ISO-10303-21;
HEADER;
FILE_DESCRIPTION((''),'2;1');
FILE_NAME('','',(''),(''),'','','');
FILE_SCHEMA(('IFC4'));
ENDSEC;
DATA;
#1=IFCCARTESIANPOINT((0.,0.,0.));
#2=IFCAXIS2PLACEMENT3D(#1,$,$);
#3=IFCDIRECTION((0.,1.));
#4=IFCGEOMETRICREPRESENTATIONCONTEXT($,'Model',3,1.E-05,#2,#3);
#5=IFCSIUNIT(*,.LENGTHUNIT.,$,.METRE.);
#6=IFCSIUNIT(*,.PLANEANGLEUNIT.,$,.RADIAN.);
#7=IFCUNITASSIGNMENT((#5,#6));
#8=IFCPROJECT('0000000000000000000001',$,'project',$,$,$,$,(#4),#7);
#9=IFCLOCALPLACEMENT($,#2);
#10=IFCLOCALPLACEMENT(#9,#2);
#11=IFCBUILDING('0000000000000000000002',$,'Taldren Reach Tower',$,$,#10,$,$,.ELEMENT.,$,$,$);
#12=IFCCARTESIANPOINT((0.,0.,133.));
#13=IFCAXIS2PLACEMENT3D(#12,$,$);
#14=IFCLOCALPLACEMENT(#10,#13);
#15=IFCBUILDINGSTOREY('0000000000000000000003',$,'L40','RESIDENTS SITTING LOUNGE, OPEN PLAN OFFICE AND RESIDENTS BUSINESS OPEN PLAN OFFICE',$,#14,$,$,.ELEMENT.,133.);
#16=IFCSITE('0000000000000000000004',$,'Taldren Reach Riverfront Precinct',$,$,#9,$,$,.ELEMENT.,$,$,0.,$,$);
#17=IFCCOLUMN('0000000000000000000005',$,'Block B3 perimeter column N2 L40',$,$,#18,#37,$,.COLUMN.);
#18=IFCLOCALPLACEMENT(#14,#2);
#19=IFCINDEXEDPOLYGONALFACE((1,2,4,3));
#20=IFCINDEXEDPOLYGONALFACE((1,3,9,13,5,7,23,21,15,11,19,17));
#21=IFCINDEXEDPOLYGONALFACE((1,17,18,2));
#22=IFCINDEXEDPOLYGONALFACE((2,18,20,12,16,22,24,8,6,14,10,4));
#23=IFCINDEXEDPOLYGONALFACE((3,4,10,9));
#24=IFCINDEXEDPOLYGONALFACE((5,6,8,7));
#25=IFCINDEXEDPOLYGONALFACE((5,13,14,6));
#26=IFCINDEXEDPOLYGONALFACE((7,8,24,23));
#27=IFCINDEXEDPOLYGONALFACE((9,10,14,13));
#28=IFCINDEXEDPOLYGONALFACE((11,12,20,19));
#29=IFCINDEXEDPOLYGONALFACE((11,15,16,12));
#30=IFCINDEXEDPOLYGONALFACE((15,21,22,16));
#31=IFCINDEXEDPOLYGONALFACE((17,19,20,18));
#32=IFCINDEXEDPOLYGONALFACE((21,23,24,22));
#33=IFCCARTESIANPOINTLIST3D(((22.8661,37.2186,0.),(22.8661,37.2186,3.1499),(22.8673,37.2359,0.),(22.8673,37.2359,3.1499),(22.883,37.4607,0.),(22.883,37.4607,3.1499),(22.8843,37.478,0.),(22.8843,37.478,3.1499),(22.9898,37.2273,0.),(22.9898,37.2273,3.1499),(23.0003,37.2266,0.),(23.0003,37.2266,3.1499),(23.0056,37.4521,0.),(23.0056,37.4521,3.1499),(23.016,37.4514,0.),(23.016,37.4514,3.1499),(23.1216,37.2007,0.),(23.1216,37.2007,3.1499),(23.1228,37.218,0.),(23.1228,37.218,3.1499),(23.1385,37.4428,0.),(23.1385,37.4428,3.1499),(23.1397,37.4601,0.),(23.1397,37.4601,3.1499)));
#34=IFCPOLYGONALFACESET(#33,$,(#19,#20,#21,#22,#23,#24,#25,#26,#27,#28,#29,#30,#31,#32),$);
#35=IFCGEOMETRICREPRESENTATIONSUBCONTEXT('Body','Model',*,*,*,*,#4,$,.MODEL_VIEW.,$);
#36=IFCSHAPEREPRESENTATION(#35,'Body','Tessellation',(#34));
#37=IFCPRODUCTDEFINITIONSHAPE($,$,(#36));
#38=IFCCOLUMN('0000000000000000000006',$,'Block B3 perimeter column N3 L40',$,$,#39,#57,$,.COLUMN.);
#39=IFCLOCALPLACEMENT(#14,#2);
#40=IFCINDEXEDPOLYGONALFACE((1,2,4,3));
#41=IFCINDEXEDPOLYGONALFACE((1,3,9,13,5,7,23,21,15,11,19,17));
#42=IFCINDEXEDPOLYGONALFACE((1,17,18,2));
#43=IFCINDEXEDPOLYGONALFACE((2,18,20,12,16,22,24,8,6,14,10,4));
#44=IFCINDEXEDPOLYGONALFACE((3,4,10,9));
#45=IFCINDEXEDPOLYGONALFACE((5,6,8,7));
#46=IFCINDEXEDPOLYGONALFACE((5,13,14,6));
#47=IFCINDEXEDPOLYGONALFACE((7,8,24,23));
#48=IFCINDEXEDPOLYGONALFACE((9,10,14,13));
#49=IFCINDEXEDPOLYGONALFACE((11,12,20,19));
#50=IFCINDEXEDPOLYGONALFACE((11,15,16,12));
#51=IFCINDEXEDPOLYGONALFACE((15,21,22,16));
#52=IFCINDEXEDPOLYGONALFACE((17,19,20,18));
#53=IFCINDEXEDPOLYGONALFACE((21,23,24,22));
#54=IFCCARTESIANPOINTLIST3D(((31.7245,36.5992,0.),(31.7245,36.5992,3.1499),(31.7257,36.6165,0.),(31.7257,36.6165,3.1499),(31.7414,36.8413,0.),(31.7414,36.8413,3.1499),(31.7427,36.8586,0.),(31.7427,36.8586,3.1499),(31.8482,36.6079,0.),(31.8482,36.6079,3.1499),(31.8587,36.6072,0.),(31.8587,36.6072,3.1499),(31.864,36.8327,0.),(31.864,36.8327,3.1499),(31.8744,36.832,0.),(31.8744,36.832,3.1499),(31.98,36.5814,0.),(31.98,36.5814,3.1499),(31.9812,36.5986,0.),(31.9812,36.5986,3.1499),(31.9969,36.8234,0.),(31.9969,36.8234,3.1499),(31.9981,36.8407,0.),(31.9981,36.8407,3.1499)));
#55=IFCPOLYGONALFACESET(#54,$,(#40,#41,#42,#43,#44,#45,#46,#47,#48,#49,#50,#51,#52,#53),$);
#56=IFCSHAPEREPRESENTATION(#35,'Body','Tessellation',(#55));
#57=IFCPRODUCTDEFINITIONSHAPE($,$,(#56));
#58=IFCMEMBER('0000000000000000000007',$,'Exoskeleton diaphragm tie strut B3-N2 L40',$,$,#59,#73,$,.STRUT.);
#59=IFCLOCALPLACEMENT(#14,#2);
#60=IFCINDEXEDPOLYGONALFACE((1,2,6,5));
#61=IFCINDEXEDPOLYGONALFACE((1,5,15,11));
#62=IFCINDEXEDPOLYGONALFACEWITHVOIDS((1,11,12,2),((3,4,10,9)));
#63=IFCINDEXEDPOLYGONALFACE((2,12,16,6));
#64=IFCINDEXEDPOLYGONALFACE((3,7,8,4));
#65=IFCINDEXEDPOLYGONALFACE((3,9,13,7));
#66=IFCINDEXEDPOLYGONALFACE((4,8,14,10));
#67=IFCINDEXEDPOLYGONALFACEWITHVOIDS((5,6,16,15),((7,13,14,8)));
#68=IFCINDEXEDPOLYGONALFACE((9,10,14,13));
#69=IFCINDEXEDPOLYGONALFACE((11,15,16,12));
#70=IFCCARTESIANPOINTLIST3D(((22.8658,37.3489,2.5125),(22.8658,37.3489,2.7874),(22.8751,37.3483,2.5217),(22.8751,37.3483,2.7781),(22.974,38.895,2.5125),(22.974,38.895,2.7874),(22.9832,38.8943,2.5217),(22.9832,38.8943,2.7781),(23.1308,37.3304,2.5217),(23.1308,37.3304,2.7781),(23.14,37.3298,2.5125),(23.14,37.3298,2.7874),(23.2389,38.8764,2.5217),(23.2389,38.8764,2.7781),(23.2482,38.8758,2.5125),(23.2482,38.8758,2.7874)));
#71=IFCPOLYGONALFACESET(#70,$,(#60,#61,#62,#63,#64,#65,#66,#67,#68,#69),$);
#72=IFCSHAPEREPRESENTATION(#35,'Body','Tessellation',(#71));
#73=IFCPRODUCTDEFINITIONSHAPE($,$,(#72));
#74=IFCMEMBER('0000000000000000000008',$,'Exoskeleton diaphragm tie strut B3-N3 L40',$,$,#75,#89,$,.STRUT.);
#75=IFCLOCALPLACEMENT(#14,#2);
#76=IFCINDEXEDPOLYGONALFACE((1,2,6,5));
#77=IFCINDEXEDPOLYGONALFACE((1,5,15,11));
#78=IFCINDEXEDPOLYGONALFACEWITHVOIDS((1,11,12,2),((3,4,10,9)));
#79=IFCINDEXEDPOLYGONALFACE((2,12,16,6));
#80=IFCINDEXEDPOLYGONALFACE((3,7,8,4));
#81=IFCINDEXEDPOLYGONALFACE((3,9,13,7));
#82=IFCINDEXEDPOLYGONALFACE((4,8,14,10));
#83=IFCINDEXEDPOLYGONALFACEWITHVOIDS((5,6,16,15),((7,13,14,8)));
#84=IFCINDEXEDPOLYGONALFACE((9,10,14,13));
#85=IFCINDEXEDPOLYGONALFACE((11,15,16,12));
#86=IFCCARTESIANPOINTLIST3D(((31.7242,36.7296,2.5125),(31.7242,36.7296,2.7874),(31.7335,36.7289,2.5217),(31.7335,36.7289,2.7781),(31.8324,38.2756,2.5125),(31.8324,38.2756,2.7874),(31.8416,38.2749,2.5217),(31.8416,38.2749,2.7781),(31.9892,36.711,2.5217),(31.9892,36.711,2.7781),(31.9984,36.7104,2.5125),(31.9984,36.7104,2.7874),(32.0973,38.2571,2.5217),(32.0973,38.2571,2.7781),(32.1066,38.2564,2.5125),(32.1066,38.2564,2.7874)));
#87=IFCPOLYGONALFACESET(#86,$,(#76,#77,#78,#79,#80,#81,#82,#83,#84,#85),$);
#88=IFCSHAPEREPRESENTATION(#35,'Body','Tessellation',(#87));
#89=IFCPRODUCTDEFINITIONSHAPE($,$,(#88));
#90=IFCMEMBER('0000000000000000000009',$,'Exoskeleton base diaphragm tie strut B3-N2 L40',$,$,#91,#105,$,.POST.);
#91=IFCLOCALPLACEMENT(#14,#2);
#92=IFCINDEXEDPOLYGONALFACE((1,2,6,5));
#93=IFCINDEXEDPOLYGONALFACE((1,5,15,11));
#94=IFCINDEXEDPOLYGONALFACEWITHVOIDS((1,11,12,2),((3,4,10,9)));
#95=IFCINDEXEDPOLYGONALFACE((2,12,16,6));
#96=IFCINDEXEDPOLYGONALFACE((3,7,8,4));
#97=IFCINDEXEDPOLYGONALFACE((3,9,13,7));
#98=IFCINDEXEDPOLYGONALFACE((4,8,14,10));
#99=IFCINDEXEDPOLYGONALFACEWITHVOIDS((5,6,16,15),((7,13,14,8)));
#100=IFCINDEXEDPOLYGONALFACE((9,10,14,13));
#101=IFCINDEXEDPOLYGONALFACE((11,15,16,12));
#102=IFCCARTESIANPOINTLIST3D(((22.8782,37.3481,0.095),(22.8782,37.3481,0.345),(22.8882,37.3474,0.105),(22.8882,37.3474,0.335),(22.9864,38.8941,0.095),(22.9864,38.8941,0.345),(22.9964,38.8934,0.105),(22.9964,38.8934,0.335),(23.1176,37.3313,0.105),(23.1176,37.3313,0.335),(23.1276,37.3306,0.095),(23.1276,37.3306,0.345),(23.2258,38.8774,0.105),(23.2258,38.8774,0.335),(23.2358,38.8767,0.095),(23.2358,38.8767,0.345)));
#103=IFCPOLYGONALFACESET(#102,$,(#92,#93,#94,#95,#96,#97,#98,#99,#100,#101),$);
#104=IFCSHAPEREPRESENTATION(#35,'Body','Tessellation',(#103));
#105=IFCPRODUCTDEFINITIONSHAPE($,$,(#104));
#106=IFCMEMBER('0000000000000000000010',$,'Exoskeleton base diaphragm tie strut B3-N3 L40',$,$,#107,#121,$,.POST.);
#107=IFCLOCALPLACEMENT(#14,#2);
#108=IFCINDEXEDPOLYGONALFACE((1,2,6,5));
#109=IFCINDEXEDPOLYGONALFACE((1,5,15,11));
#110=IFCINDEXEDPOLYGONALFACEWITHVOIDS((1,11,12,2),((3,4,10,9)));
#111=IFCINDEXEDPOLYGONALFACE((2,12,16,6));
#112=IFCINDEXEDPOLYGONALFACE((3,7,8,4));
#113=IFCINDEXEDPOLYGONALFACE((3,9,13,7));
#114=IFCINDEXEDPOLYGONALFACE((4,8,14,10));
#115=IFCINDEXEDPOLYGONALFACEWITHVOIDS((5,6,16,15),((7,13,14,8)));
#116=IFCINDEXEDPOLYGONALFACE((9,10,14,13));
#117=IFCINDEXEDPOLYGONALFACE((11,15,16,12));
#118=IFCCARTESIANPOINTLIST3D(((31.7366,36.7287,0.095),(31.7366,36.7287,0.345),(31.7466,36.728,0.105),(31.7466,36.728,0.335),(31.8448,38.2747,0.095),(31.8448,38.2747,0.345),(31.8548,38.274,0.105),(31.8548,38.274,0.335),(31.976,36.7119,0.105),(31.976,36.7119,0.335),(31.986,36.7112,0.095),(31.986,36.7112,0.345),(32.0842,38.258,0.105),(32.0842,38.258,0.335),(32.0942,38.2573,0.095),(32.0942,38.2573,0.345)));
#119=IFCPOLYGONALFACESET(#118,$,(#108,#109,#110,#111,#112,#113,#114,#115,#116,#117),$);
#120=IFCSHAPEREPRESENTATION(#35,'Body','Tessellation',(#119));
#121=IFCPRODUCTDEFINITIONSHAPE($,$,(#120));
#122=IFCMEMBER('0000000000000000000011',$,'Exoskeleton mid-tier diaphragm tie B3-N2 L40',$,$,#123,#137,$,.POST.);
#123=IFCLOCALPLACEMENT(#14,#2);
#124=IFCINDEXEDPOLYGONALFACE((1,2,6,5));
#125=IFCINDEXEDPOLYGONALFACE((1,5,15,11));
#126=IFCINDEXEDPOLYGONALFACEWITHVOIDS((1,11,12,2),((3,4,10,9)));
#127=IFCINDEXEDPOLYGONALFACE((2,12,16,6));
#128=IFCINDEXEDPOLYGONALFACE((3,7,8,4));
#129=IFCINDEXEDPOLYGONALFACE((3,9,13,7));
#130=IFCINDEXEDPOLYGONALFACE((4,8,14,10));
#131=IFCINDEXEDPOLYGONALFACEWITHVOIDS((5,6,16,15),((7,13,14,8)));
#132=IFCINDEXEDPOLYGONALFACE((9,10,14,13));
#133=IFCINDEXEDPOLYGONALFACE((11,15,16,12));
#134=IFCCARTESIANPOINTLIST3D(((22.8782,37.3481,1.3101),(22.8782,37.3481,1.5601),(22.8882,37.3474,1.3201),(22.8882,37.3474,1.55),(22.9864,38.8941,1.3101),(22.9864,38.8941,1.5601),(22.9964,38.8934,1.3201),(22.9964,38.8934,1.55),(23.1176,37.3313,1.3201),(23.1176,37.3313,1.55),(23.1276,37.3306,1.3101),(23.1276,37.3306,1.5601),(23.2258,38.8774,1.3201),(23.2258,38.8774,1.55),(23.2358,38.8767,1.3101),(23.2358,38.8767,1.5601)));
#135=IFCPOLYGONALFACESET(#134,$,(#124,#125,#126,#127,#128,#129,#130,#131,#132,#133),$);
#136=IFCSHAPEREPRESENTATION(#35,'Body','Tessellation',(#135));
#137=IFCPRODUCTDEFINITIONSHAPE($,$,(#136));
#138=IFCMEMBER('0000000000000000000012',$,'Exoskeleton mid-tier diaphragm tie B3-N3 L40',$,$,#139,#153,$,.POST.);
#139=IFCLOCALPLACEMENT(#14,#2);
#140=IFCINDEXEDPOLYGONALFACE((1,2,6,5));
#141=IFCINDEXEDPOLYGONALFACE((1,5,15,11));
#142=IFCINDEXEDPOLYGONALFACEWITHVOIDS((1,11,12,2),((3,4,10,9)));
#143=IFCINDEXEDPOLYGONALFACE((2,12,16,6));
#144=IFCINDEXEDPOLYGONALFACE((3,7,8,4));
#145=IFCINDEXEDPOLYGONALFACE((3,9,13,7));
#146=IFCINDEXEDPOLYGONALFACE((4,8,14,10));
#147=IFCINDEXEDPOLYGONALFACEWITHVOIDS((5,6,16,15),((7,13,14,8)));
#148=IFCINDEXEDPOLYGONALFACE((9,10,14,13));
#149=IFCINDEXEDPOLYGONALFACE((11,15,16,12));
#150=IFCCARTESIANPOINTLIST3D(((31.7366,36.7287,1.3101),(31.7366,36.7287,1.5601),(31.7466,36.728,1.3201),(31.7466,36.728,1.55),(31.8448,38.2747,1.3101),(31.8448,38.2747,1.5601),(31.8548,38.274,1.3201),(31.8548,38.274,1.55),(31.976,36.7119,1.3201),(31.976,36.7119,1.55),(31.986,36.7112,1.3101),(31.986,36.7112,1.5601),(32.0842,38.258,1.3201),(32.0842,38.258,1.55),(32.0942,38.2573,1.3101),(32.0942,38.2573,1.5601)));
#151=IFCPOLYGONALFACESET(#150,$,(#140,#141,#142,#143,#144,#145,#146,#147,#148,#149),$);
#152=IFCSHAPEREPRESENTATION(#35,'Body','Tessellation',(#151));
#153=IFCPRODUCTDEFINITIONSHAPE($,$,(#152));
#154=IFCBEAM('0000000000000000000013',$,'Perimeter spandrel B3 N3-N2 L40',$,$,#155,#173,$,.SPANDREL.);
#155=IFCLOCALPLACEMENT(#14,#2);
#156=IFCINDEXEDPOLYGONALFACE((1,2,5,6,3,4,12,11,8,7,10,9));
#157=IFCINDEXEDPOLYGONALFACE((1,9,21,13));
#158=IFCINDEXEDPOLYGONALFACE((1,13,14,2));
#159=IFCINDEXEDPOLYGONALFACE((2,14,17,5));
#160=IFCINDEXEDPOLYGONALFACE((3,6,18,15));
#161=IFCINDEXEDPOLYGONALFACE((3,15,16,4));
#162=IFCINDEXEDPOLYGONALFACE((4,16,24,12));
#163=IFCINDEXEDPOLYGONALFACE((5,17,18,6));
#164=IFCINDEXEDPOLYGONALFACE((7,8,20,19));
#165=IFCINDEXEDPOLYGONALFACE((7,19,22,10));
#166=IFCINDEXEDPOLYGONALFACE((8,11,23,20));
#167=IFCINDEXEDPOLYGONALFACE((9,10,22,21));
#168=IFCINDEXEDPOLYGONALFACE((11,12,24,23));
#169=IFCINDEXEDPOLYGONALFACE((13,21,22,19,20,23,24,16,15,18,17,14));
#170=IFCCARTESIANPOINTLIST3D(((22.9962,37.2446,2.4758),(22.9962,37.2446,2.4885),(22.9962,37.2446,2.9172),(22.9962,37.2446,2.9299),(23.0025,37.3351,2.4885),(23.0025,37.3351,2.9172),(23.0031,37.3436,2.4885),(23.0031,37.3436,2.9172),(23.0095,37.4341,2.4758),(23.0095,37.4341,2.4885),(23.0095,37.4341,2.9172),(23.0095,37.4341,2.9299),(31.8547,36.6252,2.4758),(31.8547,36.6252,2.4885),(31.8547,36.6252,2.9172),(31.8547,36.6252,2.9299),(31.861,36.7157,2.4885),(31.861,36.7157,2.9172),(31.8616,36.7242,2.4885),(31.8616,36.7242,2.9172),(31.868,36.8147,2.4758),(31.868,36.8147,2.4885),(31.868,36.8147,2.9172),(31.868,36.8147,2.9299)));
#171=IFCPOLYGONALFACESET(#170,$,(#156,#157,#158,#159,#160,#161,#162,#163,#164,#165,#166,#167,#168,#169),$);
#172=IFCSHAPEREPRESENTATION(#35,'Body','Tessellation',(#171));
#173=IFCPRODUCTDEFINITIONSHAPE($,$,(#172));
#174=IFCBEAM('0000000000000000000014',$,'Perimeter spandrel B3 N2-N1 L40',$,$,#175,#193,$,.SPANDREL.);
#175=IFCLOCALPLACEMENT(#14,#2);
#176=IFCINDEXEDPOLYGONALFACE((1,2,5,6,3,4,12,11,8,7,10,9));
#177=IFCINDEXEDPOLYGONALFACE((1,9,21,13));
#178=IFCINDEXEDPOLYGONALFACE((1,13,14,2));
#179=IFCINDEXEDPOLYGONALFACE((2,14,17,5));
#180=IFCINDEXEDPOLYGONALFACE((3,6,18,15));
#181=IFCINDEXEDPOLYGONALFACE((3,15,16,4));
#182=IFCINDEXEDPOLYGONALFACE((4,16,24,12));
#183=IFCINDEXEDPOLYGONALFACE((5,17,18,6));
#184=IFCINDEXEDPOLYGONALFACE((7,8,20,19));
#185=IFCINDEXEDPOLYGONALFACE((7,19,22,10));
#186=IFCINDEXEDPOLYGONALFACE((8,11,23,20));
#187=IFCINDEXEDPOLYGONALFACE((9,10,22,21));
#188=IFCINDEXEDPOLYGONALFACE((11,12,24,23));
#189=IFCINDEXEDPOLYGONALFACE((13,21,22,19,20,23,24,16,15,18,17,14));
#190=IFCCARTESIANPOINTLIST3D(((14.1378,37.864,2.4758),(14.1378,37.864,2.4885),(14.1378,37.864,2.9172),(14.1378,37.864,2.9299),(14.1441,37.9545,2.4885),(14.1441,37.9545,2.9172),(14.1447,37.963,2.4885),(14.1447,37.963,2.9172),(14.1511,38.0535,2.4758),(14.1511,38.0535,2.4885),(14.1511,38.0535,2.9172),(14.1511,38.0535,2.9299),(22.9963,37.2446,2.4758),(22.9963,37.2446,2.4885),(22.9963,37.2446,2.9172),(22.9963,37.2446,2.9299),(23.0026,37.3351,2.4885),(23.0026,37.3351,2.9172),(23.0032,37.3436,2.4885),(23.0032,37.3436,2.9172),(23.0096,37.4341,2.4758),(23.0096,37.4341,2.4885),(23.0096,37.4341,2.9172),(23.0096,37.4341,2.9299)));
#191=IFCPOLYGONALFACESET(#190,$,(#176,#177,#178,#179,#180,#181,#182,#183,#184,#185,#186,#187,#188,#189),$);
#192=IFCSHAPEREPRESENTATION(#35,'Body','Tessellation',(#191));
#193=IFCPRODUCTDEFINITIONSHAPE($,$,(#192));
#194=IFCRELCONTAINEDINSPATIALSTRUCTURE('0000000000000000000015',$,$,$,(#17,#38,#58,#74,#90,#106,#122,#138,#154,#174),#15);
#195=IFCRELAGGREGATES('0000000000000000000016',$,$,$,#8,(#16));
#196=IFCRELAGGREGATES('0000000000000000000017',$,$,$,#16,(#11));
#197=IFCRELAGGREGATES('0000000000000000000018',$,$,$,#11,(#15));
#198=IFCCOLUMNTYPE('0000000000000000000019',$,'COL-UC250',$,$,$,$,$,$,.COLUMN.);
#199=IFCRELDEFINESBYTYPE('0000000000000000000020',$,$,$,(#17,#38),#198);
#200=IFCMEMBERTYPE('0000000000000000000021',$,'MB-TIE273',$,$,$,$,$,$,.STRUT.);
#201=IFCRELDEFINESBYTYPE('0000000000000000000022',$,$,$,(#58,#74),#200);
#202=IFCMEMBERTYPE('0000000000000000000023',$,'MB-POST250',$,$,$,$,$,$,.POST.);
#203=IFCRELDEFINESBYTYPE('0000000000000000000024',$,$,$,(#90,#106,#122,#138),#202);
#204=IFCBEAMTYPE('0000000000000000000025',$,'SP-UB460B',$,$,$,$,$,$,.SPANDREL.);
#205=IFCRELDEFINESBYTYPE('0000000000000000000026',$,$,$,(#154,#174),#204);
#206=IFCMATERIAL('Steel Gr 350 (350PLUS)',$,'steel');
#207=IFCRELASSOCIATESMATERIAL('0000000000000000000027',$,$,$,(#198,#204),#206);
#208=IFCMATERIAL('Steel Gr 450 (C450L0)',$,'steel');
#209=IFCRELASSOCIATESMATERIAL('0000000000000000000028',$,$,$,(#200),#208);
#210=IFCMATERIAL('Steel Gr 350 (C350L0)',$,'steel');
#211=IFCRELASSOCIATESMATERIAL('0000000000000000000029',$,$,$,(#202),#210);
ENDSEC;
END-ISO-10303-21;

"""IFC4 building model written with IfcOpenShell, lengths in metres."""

from ifc_helpers import new_model, si_unit, direction, frame, origin, origin_2d, place, context, subcontext, project, spatial, hollow_rectangle, i_section, extrude, source, transform, mapped, material, material_profile, profile_set, type_object, element, save


model = new_model("IFC4")

# Units and contexts
model_context = context("Model", 3, precision=1e-05, world=origin(), true_north=direction((0.0, 1.0)))
body_context = subcontext(model_context, "Body", "Model", "MODEL_VIEW")
ifc_project = project(units=[si_unit("LENGTHUNIT", "METRE"), si_unit("PLANEANGLEUNIT", "RADIAN")], contexts=[model_context])

# Site, building, storey
site_placement = place(None, origin())
site = spatial("IfcSite", under=ifc_project, at=site_placement, Name="Taldren Reach Riverfront Precinct", CompositionType="ELEMENT", RefElevation=0.0)
building_placement = place(site_placement, origin())
building = spatial("IfcBuilding", under=site, at=building_placement, Name="Taldren Reach Tower", CompositionType="ELEMENT")
storey_placement = place(building_placement, frame((0.0, 0.0, 133.0)))
storey = spatial("IfcBuildingStorey", under=building, at=storey_placement, Name="L40", Description="RESIDENTS SITTING LOUNGE, OPEN PLAN OFFICE AND RESIDENTS BUSINESS OPEN PLAN OFFICE", CompositionType="ELEMENT", Elevation=133.0)

# Columns
ifc_material_1 = material(Name="Steel Gr 350 (350PLUS)", Category="steel")
ifc_material_profile_1 = material_profile(ifc_material_1, i_section(OverallWidth=0.2561, OverallDepth=0.26, WebThickness=0.0105, FlangeThickness=0.0173, at=origin_2d()), Name="250UC89.5")
ifc_profile_set_1 = profile_set([ifc_material_profile_1], Name="Steel Gr 350 (350PLUS)")
column_type = type_object("IfcColumnType", Name="COL-UC250", PredefinedType="COLUMN", material=ifc_profile_set_1)
shared_shape_1 = source(origin(), body_context, "Body", "SweptSolid", [
    extrude(i_section(OverallWidth=0.2561, OverallDepth=0.26, WebThickness=0.0105, FlangeThickness=0.0173, at=origin_2d()), origin(), (0.0, 0.0, 1.0), 3.1499),
])
for number, where, z_axis, x_axis, name in (
    (1, (23.0029, 37.3394, 0.0), (0.0, 0.0, 1.0), (0.997564, -0.069756, 0.0), "Block B3 perimeter column N2 L40"),
    (2, (31.8613, 36.72, 0.0), (0.0, 0.0, 1.0), (0.997564, -0.069756, 0.0), "Block B3 perimeter column N3 L40"),
):
    element("IfcColumn", number, at=place(storey_placement, frame(where, z_axis=z_axis, x_axis=x_axis)), inside=storey, type_object=column_type, Name=name, PredefinedType="COLUMN", context=body_context, shape_type="MappedRepresentation", body=[
        mapped(shared_shape_1, transform((0.0, 0.0, 0.0), scale=1.0)),
    ])

# Members
ifc_material_2 = material(Name="Steel Gr 450 (C450L0)", Category="steel")
ifc_material_profile_2 = material_profile(ifc_material_2, hollow_rectangle(XDim=0.2749, YDim=0.2749, WallThickness=0.0093, at=origin_2d()), Name="275x275x9.3SHS")
ifc_profile_set_2 = profile_set([ifc_material_profile_2], Name="Steel Gr 450 (C450L0)")
member_type_1 = type_object("IfcMemberType", Name="MB-TIE273", PredefinedType="STRUT", material=ifc_profile_set_2)
shared_shape_2 = source(origin(), body_context, "Body", "SweptSolid", [
    extrude(hollow_rectangle(XDim=0.2749, YDim=0.2749, WallThickness=0.0093, at=origin_2d()), origin(), (0.0, 0.0, 1.0), 1.5498),
])
for number, where, z_axis, x_axis, name in (
    (3, (23.0029, 37.3394, 2.6499), (0.069781, 0.997562, 0.0), (-0.997562, 0.069781, 0.0), "Exoskeleton diaphragm tie strut B3-N2 L40"),
    (4, (31.8613, 36.72, 2.6499), (0.069781, 0.997562, 0.0), (-0.997562, 0.069781, 0.0), "Exoskeleton diaphragm tie strut B3-N3 L40"),
):
    element("IfcMember", number, at=place(storey_placement, frame(where, z_axis=z_axis, x_axis=x_axis)), inside=storey, type_object=member_type_1, Name=name, PredefinedType="STRUT", context=body_context, shape_type="MappedRepresentation", body=[
        mapped(shared_shape_2, transform((0.0, 0.0, 0.0), scale=1.0)),
    ])
ifc_material_3 = material(Name="Steel Gr 350 (C350L0)", Category="steel")
ifc_material_profile_3 = material_profile(ifc_material_3, hollow_rectangle(XDim=0.25, YDim=0.25, WallThickness=0.01, at=origin_2d()), Name="250x250x10.0SHS")
ifc_profile_set_3 = profile_set([ifc_material_profile_3], Name="Steel Gr 350 (C350L0)")
member_type_2 = type_object("IfcMemberType", Name="MB-POST250", PredefinedType="POST", material=ifc_profile_set_3)
shared_shape_3 = source(origin(), body_context, "Body", "SweptSolid", [
    extrude(hollow_rectangle(XDim=0.25, YDim=0.25, WallThickness=0.01, at=origin_2d()), origin(), (0.0, 0.0, 1.0), 1.5498),
])
for number, where, z_axis, x_axis, name in (
    (5, (23.0029, 37.3394, 0.22), (0.069781, 0.997562, 0.0), (-0.997562, 0.069781, 0.0), "Exoskeleton base diaphragm tie strut B3-N2 L40"),
    (6, (31.8613, 36.72, 0.22), (0.069781, 0.997562, 0.0), (-0.997562, 0.069781, 0.0), "Exoskeleton base diaphragm tie strut B3-N3 L40"),
    (7, (23.0029, 37.3394, 1.4351), (0.069781, 0.997562, 0.0), (-0.997562, 0.069781, 0.0), "Exoskeleton mid-tier diaphragm tie B3-N2 L40"),
    (8, (31.8613, 36.72, 1.4351), (0.069781, 0.997562, 0.0), (-0.997562, 0.069781, 0.0), "Exoskeleton mid-tier diaphragm tie B3-N3 L40"),
):
    element("IfcMember", number, at=place(storey_placement, frame(where, z_axis=z_axis, x_axis=x_axis)), inside=storey, type_object=member_type_2, Name=name, PredefinedType="POST", context=body_context, shape_type="MappedRepresentation", body=[
        mapped(shared_shape_3, transform((0.0, 0.0, 0.0), scale=1.0)),
    ])

# Beams
ifc_material_profile_4 = material_profile(ifc_material_1, i_section(OverallWidth=0.1899, OverallDepth=0.4541, WebThickness=0.0085, FlangeThickness=0.0127, at=origin_2d()), Name="460UB67.1")
ifc_profile_set_4 = profile_set([ifc_material_profile_4], Name="Steel Gr 350 (350PLUS)")
beam_type = type_object("IfcBeamType", Name="SP-UB460B", PredefinedType="SPANDREL", material=ifc_profile_set_4)
shared_shape_4 = source(origin(), body_context, "Body", "SweptSolid", [
    extrude(i_section(OverallWidth=0.1899, OverallDepth=0.4541, WebThickness=0.0085, FlangeThickness=0.0127, at=origin_2d()), origin(), (0.0, 0.0, 1.0), 8.8801),
])
for number, where, z_axis, x_axis, name in (
    (9, (31.8613, 36.72, 2.7029), (-0.997564, 0.06975, 0.0), (-0.06975, -0.997564, 0.0), "Perimeter spandrel B3 N3-N2 L40"),
    (10, (23.0029, 37.3394, 2.7029), (-0.997564, 0.06975, 0.0), (-0.06975, -0.997564, 0.0), "Perimeter spandrel B3 N2-N1 L40"),
):
    element("IfcBeam", number, at=place(storey_placement, frame(where, z_axis=z_axis, x_axis=x_axis)), inside=storey, type_object=beam_type, Name=name, PredefinedType="SPANDREL", context=body_context, shape_type="MappedRepresentation", body=[
        mapped(shared_shape_4, transform((0.0, 0.0, 0.0), scale=1.0)),
    ])

save(model, "model.ifc")
